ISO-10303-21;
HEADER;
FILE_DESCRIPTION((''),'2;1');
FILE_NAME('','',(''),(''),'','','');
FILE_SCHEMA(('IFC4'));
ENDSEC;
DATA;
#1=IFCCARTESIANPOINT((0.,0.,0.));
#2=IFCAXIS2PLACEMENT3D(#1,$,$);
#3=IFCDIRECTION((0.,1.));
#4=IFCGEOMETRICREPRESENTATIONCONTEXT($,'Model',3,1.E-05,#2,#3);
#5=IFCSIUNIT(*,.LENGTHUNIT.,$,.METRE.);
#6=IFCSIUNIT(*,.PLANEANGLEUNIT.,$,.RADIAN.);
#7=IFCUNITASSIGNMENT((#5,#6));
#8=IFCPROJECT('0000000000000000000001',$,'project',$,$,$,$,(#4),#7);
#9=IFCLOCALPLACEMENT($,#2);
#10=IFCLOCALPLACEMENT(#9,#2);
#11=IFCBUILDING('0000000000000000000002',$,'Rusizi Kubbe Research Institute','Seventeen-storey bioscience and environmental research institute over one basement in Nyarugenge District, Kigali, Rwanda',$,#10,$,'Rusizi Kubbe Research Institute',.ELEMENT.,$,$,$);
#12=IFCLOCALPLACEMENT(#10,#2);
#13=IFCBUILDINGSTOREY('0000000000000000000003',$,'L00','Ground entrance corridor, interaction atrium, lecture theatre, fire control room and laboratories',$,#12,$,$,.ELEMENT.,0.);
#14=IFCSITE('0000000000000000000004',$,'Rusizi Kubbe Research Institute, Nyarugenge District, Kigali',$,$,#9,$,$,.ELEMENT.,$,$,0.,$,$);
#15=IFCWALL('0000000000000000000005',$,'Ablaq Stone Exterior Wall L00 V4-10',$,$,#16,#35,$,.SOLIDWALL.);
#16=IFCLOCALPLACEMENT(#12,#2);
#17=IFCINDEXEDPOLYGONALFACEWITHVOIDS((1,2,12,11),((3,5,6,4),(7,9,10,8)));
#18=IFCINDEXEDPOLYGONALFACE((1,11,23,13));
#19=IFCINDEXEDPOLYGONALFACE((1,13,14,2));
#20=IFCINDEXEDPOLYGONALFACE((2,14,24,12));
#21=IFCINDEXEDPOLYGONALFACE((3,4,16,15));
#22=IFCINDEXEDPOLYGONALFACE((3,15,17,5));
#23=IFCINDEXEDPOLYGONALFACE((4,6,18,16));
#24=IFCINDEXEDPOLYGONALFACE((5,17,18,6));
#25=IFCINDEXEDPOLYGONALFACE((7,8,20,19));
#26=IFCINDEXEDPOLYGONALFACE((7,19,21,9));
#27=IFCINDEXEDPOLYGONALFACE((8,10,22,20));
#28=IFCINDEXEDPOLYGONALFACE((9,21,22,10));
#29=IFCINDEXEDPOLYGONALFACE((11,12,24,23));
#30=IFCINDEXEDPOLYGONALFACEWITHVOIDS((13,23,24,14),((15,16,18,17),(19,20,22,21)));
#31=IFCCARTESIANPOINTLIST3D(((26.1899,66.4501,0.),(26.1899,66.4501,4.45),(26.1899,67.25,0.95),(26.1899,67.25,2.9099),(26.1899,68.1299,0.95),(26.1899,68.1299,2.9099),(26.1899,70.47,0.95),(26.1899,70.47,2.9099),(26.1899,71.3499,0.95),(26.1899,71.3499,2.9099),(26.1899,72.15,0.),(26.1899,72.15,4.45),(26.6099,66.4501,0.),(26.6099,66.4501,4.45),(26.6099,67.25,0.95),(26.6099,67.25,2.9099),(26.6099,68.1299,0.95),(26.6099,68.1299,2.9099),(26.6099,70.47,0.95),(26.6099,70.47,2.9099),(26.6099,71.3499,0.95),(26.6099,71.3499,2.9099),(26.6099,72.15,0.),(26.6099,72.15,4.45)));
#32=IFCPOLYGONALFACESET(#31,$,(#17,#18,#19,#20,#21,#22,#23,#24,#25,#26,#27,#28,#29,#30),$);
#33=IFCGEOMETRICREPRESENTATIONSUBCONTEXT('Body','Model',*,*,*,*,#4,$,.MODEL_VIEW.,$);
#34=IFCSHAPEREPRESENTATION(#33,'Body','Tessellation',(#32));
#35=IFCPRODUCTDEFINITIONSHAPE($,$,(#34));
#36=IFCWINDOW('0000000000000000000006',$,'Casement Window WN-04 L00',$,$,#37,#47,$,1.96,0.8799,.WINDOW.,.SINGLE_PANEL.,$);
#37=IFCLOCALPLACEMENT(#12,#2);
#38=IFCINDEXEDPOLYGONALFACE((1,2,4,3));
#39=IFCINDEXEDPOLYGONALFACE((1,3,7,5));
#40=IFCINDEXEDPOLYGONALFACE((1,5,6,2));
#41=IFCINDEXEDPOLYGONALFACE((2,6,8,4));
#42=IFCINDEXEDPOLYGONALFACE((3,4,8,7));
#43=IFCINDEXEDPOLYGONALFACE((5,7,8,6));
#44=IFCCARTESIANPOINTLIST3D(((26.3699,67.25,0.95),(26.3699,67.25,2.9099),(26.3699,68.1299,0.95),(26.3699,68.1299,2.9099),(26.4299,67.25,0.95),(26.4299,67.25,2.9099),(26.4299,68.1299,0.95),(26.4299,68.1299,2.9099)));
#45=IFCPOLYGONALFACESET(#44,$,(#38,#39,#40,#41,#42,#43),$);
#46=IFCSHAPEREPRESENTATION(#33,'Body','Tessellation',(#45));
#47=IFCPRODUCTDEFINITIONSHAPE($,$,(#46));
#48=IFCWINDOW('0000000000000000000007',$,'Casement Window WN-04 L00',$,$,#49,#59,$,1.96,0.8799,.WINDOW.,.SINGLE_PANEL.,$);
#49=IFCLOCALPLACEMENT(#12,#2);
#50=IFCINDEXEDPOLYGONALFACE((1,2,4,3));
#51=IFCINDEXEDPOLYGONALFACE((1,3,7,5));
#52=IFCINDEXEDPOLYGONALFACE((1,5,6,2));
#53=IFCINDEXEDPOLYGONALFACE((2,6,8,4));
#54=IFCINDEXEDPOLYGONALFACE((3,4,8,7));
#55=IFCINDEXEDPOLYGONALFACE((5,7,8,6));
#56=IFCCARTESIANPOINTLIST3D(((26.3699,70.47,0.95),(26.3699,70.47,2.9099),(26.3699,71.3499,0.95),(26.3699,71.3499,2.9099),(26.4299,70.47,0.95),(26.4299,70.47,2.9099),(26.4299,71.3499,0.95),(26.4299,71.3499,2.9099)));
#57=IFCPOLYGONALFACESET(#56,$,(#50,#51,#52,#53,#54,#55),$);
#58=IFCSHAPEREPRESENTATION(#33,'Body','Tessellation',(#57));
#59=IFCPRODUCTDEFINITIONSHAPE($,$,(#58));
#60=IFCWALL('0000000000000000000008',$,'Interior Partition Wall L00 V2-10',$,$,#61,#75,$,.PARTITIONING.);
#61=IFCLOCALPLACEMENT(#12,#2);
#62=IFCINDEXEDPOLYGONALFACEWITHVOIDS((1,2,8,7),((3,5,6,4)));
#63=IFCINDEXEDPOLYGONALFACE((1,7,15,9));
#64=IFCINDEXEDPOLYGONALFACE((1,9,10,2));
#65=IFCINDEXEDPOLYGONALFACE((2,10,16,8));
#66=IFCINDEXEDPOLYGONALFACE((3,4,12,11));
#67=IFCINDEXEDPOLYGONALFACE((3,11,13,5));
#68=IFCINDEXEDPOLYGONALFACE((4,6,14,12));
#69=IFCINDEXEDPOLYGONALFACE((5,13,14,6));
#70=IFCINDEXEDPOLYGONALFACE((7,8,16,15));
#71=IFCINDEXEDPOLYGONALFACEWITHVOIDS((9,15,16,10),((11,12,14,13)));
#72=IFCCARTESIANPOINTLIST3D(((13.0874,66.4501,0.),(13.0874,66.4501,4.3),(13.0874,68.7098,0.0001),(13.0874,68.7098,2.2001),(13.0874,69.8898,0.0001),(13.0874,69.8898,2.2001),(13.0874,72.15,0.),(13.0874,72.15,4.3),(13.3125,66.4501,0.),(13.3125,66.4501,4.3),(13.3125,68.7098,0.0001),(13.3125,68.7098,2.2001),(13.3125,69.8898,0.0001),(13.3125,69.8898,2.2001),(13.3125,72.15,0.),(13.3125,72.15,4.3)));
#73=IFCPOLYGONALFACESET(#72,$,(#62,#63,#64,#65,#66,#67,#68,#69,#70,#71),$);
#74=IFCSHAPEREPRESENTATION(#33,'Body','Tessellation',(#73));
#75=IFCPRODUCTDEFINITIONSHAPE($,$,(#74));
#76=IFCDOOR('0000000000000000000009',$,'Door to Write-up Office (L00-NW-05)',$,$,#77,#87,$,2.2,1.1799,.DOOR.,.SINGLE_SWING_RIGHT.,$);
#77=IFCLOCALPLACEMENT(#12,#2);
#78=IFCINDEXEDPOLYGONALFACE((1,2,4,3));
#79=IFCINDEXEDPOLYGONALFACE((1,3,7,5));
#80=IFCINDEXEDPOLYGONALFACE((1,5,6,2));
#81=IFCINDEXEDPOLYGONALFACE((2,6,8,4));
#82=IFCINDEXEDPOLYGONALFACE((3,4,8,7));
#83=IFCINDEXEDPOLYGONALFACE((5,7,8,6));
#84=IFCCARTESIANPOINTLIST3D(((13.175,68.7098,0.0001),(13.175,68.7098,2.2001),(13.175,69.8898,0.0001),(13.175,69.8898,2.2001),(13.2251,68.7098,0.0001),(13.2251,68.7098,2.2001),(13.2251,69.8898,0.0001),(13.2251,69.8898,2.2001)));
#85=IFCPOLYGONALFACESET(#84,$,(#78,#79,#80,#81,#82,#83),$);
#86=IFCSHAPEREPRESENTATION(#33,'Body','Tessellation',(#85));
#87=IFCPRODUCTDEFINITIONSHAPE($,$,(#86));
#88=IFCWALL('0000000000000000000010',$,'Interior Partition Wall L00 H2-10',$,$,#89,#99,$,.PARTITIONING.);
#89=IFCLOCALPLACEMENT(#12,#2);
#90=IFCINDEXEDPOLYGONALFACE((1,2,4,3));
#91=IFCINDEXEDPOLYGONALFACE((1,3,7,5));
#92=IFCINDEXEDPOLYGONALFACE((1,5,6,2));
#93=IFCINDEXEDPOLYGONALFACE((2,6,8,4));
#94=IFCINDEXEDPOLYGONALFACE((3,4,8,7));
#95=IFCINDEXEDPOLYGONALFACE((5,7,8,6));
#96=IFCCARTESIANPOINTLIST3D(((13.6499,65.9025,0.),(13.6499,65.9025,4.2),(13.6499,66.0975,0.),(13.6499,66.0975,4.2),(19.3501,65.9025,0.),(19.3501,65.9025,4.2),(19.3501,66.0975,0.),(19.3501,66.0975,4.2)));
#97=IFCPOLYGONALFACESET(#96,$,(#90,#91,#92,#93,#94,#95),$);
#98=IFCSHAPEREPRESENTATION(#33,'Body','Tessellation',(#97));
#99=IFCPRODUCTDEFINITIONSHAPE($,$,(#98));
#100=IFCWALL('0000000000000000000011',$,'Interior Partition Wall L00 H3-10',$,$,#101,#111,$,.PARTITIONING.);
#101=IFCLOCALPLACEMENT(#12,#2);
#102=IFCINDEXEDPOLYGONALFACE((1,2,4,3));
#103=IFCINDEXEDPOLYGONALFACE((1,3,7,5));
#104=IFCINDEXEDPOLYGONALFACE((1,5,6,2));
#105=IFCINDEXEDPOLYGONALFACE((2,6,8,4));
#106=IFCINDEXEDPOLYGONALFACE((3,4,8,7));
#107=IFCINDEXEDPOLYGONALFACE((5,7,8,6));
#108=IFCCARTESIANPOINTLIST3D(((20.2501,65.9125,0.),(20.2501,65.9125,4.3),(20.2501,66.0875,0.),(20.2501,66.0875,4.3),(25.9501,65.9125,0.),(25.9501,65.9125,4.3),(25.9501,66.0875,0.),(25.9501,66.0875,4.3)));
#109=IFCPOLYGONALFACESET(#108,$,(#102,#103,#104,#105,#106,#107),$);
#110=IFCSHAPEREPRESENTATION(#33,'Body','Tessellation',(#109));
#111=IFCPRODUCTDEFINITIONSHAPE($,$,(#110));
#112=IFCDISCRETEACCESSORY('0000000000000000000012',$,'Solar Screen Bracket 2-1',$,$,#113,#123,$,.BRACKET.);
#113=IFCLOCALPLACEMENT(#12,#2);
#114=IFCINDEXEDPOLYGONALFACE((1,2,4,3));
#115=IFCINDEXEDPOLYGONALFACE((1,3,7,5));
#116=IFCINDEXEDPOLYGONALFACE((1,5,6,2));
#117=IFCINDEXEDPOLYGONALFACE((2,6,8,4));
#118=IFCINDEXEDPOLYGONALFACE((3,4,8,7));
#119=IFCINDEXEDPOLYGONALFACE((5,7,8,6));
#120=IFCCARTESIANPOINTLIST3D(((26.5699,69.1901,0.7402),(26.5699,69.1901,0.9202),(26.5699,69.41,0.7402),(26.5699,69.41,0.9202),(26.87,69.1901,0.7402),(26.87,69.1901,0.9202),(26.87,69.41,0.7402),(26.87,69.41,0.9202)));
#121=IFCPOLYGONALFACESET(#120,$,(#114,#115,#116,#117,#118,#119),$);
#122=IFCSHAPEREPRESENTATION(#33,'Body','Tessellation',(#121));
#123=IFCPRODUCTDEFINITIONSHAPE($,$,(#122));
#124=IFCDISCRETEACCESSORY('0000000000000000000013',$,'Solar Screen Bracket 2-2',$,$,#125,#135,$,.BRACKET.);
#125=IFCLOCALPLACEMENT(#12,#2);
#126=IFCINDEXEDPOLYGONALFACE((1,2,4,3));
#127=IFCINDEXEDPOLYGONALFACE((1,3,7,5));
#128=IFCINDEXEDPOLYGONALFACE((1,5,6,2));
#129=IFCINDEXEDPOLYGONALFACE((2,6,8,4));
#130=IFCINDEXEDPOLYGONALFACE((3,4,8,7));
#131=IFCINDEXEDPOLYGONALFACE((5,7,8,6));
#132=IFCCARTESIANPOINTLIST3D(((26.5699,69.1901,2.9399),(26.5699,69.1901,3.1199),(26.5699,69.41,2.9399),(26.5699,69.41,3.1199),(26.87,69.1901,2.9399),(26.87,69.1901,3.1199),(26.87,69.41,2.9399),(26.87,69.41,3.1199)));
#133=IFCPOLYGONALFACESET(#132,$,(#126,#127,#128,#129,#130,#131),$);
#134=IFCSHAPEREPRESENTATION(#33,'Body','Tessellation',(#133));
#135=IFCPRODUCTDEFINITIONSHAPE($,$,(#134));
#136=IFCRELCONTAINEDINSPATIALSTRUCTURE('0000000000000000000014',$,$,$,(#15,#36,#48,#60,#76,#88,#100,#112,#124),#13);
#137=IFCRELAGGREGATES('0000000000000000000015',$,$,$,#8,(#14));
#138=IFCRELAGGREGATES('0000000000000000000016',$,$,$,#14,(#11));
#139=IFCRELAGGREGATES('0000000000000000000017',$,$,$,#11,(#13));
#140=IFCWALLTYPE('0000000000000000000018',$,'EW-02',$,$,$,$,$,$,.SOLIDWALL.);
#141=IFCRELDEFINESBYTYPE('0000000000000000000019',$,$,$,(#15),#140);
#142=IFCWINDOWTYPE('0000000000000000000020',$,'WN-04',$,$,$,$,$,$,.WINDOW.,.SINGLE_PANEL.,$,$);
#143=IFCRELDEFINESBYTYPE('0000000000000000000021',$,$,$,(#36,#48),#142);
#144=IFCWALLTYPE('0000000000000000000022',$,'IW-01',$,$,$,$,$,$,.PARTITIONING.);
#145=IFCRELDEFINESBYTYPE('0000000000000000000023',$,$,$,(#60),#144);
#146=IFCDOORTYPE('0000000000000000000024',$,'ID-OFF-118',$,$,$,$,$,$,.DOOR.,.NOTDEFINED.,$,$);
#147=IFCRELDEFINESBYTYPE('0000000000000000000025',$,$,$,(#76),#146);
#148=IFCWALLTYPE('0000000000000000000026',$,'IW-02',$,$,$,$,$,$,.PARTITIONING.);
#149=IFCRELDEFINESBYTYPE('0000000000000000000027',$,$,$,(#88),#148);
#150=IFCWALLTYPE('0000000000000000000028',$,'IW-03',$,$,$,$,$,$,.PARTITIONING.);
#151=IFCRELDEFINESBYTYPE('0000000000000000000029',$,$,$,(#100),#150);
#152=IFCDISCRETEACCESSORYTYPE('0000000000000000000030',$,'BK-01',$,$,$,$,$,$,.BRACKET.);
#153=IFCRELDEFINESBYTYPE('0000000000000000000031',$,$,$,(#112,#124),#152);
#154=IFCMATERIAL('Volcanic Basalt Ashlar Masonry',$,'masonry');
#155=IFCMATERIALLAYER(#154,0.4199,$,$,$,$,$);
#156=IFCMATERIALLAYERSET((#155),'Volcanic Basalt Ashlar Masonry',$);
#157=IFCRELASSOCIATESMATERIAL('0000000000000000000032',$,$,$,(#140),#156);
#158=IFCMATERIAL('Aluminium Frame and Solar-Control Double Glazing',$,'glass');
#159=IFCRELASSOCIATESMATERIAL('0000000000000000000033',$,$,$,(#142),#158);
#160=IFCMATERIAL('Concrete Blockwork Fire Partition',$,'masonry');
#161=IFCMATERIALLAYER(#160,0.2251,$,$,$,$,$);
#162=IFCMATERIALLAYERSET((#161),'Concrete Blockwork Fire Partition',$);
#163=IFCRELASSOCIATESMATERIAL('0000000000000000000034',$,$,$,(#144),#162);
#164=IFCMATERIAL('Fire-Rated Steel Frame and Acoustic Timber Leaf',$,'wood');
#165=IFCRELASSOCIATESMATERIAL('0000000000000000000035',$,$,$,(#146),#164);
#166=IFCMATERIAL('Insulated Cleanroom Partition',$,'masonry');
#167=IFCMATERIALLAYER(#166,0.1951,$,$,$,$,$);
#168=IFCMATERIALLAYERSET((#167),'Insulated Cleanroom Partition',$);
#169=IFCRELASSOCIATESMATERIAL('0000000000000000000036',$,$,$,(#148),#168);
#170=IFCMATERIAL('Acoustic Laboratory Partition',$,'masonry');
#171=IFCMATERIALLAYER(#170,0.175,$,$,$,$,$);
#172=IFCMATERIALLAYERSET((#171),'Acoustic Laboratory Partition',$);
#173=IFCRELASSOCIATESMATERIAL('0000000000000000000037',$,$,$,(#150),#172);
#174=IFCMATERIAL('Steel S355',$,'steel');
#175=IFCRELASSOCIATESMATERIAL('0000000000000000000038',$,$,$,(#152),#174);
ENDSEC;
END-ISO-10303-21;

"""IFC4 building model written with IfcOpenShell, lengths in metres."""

from ifc_helpers import new_model, si_unit, direction, frame, frame_2d, origin, origin_2d, place, context, subcontext, project, spatial, rectangle, extrude, material, layer, layer_set, type_object, element, fill, save


model = new_model("IFC4")

# Units and contexts
model_context = context("Model", 3, precision=1e-05, world=origin(), true_north=direction((0.0, 1.0)))
body_context = subcontext(model_context, "Body", "Model", "MODEL_VIEW")
ifc_project = project(units=[si_unit("LENGTHUNIT", "METRE"), si_unit("PLANEANGLEUNIT", "RADIAN")], contexts=[model_context])

# Site, building, storey
site_placement = place(None, origin())
site = spatial("IfcSite", under=ifc_project, at=site_placement, Name="Rusizi Kubbe Research Institute, Nyarugenge District, Kigali", CompositionType="ELEMENT", RefElevation=0.0)
building_placement = place(site_placement, origin())
building = spatial("IfcBuilding", under=site, at=building_placement, Name="Rusizi Kubbe Research Institute", Description="Seventeen-storey bioscience and environmental research institute over one basement in Nyarugenge District, Kigali, Rwanda", LongName="Rusizi Kubbe Research Institute", CompositionType="ELEMENT")
storey_placement = place(building_placement, origin())
storey = spatial("IfcBuildingStorey", under=building, at=storey_placement, Name="L00", Description="Ground entrance corridor, interaction atrium, lecture theatre, fire control room and laboratories", CompositionType="ELEMENT", Elevation=0.0)

# Wall, openings, windows
ifc_material_1 = material(Name="Volcanic Basalt Ashlar Masonry", Category="masonry")
ifc_layer_1 = layer(ifc_material_1, 0.4199)
ifc_layer_set_1 = layer_set([ifc_layer_1], Name="Volcanic Basalt Ashlar Masonry")
wall_type_1 = type_object("IfcWallType", Name="EW-02", PredefinedType="SOLIDWALL", material=ifc_layer_set_1)
wall_1_placement = place(storey_placement, frame((26.3999, 66.45, 0.0), z_axis=(0.0, 0.0, 1.0), x_axis=(0.0, 1.0, 0.0)))
wall_1 = element("IfcWall", 1, at=wall_1_placement, inside=storey, type_object=wall_type_1, Name="Ablaq Stone Exterior Wall L00 V4-10", PredefinedType="SOLIDWALL", context=body_context, shape_type="SweptSolid", body=[
    extrude(rectangle(XDim=5.7, YDim=0.4199, at=frame_2d((2.8501, 0.0))), origin(), (0.0, 0.0, 1.0), 4.45),
])
opening_1_placement = place(wall_1_placement, frame((0.8, 0.0, 0.95)))
opening_1 = element("IfcOpeningElement", 2, at=opening_1_placement, cuts=wall_1, PredefinedType="OPENING", context=body_context, shape_type="SweptSolid", body=[
    extrude(rectangle(XDim=0.8799, YDim=1.96, at=frame_2d((0.4399, 0.98))), frame((0.0, 0.22, 0.0), z_axis=(0.0, -1.0, 0.0), x_axis=(1.0, 0.0, 0.0)), (0.0, 0.0, 1.0), 0.4399),
])
opening_2_placement = place(wall_1_placement, frame((4.02, 0.0, 0.95)))
opening_2 = element("IfcOpeningElement", 3, at=opening_2_placement, cuts=wall_1, PredefinedType="OPENING", context=body_context, shape_type="SweptSolid", body=[
    extrude(rectangle(XDim=0.8799, YDim=1.96, at=frame_2d((0.4399, 0.98))), frame((0.0, 0.22, 0.0), z_axis=(0.0, -1.0, 0.0), x_axis=(1.0, 0.0, 0.0)), (0.0, 0.0, 1.0), 0.4399),
])
ifc_material_2 = material(Name="Aluminium Frame and Solar-Control Double Glazing", Category="glass")
window_type = type_object("IfcWindowType", Name="WN-04", PartitioningType="SINGLE_PANEL", PredefinedType="WINDOW", material=ifc_material_2)
window_1_placement = place(opening_1_placement, origin())
window_1 = element("IfcWindow", 4, at=window_1_placement, inside=storey, type_object=window_type, Name="Casement Window WN-04 L00", OverallHeight=1.96, OverallWidth=0.8799, PartitioningType="SINGLE_PANEL", PredefinedType="WINDOW", context=body_context, shape_type="SweptSolid", body=[
    extrude(rectangle(XDim=0.8799, YDim=1.96, at=frame_2d((0.4399, 0.98))), frame((0.0, 0.03, 0.0), z_axis=(0.0, -1.0, 0.0), x_axis=(1.0, 0.0, 0.0)), (0.0, 0.0, 1.0), 0.0601),
])
fill(opening_1, window_1)
window_2_placement = place(opening_2_placement, origin())
window_2 = element("IfcWindow", 5, at=window_2_placement, inside=storey, type_object=window_type, Name="Casement Window WN-04 L00", OverallHeight=1.96, OverallWidth=0.8799, PartitioningType="SINGLE_PANEL", PredefinedType="WINDOW", context=body_context, shape_type="SweptSolid", body=[
    extrude(rectangle(XDim=0.8799, YDim=1.96, at=frame_2d((0.4399, 0.98))), frame((0.0, 0.03, 0.0), z_axis=(0.0, -1.0, 0.0), x_axis=(1.0, 0.0, 0.0)), (0.0, 0.0, 1.0), 0.0601),
])
fill(opening_2, window_2)

# Wall, opening, door
ifc_material_3 = material(Name="Concrete Blockwork Fire Partition", Category="masonry")
ifc_layer_2 = layer(ifc_material_3, 0.2251)
ifc_layer_set_2 = layer_set([ifc_layer_2], Name="Concrete Blockwork Fire Partition")
wall_type_2 = type_object("IfcWallType", Name="IW-01", PredefinedType="PARTITIONING", material=ifc_layer_set_2)
wall_2_placement = place(storey_placement, frame((13.2, 66.45, 0.0), z_axis=(0.0, 0.0, 1.0), x_axis=(0.0, 1.0, 0.0)))
wall_2 = element("IfcWall", 6, at=wall_2_placement, inside=storey, type_object=wall_type_2, Name="Interior Partition Wall L00 V2-10", PredefinedType="PARTITIONING", context=body_context, shape_type="SweptSolid", body=[
    extrude(rectangle(XDim=5.7, YDim=0.2251, at=frame_2d((2.8501, 0.0))), origin(), (0.0, 0.0, 1.0), 4.3),
])
opening_3_placement = place(wall_2_placement, frame((2.26, 0.0, 0.0)))
opening_3 = element("IfcOpeningElement", 7, at=opening_3_placement, cuts=wall_2, PredefinedType="OPENING", context=body_context, shape_type="SweptSolid", body=[
    extrude(rectangle(XDim=1.1799, YDim=2.2, at=frame_2d((0.5898, 1.1001))), frame((0.0, 0.1226, 0.0), z_axis=(0.0, -1.0, 0.0), x_axis=(1.0, 0.0, 0.0)), (0.0, 0.0, 1.0), 0.2451),
])
ifc_material_4 = material(Name="Fire-Rated Steel Frame and Acoustic Timber Leaf", Category="wood")
door_type_1 = type_object("IfcDoorType", Name="ID-OFF-118", OperationType="NOTDEFINED", PredefinedType="DOOR", material=ifc_material_4)
door_1_placement = place(opening_3_placement, origin())
door_1 = element("IfcDoor", 8, at=door_1_placement, inside=storey, type_object=door_type_1, Name="Door to Write-up Office (L00-NW-05)", OperationType="SINGLE_SWING_RIGHT", OverallHeight=2.2, OverallWidth=1.1799, PredefinedType="DOOR", context=body_context, shape_type="SweptSolid", body=[
    extrude(rectangle(XDim=1.1799, YDim=2.2, at=frame_2d((0.5898, 1.1001))), frame((0.0, 0.0249, 0.0), z_axis=(0.0, -1.0, 0.0), x_axis=(1.0, 0.0, 0.0)), (0.0, 0.0, 1.0), 0.05),
])
fill(opening_3, door_1)

# Walls
ifc_material_5 = material(Name="Insulated Cleanroom Partition", Category="masonry")
ifc_layer_3 = layer(ifc_material_5, 0.1951)
ifc_layer_set_3 = layer_set([ifc_layer_3], Name="Insulated Cleanroom Partition")
wall_type_3 = type_object("IfcWallType", Name="IW-02", PredefinedType="PARTITIONING", material=ifc_layer_set_3)
wall_3_placement = place(storey_placement, frame((13.6499, 66.0, 0.0), z_axis=(0.0, 0.0, 1.0), x_axis=(1.0, 0.0, 0.0)))
element("IfcWall", 9, at=wall_3_placement, inside=storey, type_object=wall_type_3, Name="Interior Partition Wall L00 H2-10", PredefinedType="PARTITIONING", context=body_context, shape_type="SweptSolid", body=[
    extrude(rectangle(XDim=5.7002, YDim=0.1951, at=frame_2d((2.8501, 0.0))), origin(), (0.0, 0.0, 1.0), 4.2),
])
ifc_material_6 = material(Name="Acoustic Laboratory Partition", Category="masonry")
ifc_layer_4 = layer(ifc_material_6, 0.175)
ifc_layer_set_4 = layer_set([ifc_layer_4], Name="Acoustic Laboratory Partition")
wall_type_4 = type_object("IfcWallType", Name="IW-03", PredefinedType="PARTITIONING", material=ifc_layer_set_4)
wall_4_placement = place(storey_placement, frame((20.25, 66.0, 0.0), z_axis=(0.0, 0.0, 1.0), x_axis=(1.0, 0.0, 0.0)))
element("IfcWall", 10, at=wall_4_placement, inside=storey, type_object=wall_type_4, Name="Interior Partition Wall L00 H3-10", PredefinedType="PARTITIONING", context=body_context, shape_type="SweptSolid", body=[
    extrude(rectangle(XDim=5.7, YDim=0.175, at=frame_2d((2.8501, 0.0))), origin(), (0.0, 0.0, 1.0), 4.3),
])

# Discrete accessories
ifc_material_7 = material(Name="Steel S355", Category="steel")
discrete_accessory_type = type_object("IfcDiscreteAccessoryType", Name="BK-01", PredefinedType="BRACKET", material=ifc_material_7)
for number, where, z_axis, x_axis, name in (
    (11, (26.72, 69.3, 0.7402), (0.0, 0.0, 1.0), (1.0, 0.0, 0.0), "Solar Screen Bracket 2-1"),
    (12, (26.72, 69.3, 2.9399), (0.0, 0.0, 1.0), (1.0, 0.0, 0.0), "Solar Screen Bracket 2-2"),
):
    element("IfcDiscreteAccessory", number, at=place(storey_placement, frame(where, z_axis=z_axis, x_axis=x_axis)), inside=storey, type_object=discrete_accessory_type, Name=name, PredefinedType="BRACKET", context=body_context, shape_type="SweptSolid", body=[
        extrude(rectangle(XDim=0.3, YDim=0.22, at=origin_2d()), origin(), (0.0, 0.0, 1.0), 0.1799),
    ])

save(model, "model.ifc")
